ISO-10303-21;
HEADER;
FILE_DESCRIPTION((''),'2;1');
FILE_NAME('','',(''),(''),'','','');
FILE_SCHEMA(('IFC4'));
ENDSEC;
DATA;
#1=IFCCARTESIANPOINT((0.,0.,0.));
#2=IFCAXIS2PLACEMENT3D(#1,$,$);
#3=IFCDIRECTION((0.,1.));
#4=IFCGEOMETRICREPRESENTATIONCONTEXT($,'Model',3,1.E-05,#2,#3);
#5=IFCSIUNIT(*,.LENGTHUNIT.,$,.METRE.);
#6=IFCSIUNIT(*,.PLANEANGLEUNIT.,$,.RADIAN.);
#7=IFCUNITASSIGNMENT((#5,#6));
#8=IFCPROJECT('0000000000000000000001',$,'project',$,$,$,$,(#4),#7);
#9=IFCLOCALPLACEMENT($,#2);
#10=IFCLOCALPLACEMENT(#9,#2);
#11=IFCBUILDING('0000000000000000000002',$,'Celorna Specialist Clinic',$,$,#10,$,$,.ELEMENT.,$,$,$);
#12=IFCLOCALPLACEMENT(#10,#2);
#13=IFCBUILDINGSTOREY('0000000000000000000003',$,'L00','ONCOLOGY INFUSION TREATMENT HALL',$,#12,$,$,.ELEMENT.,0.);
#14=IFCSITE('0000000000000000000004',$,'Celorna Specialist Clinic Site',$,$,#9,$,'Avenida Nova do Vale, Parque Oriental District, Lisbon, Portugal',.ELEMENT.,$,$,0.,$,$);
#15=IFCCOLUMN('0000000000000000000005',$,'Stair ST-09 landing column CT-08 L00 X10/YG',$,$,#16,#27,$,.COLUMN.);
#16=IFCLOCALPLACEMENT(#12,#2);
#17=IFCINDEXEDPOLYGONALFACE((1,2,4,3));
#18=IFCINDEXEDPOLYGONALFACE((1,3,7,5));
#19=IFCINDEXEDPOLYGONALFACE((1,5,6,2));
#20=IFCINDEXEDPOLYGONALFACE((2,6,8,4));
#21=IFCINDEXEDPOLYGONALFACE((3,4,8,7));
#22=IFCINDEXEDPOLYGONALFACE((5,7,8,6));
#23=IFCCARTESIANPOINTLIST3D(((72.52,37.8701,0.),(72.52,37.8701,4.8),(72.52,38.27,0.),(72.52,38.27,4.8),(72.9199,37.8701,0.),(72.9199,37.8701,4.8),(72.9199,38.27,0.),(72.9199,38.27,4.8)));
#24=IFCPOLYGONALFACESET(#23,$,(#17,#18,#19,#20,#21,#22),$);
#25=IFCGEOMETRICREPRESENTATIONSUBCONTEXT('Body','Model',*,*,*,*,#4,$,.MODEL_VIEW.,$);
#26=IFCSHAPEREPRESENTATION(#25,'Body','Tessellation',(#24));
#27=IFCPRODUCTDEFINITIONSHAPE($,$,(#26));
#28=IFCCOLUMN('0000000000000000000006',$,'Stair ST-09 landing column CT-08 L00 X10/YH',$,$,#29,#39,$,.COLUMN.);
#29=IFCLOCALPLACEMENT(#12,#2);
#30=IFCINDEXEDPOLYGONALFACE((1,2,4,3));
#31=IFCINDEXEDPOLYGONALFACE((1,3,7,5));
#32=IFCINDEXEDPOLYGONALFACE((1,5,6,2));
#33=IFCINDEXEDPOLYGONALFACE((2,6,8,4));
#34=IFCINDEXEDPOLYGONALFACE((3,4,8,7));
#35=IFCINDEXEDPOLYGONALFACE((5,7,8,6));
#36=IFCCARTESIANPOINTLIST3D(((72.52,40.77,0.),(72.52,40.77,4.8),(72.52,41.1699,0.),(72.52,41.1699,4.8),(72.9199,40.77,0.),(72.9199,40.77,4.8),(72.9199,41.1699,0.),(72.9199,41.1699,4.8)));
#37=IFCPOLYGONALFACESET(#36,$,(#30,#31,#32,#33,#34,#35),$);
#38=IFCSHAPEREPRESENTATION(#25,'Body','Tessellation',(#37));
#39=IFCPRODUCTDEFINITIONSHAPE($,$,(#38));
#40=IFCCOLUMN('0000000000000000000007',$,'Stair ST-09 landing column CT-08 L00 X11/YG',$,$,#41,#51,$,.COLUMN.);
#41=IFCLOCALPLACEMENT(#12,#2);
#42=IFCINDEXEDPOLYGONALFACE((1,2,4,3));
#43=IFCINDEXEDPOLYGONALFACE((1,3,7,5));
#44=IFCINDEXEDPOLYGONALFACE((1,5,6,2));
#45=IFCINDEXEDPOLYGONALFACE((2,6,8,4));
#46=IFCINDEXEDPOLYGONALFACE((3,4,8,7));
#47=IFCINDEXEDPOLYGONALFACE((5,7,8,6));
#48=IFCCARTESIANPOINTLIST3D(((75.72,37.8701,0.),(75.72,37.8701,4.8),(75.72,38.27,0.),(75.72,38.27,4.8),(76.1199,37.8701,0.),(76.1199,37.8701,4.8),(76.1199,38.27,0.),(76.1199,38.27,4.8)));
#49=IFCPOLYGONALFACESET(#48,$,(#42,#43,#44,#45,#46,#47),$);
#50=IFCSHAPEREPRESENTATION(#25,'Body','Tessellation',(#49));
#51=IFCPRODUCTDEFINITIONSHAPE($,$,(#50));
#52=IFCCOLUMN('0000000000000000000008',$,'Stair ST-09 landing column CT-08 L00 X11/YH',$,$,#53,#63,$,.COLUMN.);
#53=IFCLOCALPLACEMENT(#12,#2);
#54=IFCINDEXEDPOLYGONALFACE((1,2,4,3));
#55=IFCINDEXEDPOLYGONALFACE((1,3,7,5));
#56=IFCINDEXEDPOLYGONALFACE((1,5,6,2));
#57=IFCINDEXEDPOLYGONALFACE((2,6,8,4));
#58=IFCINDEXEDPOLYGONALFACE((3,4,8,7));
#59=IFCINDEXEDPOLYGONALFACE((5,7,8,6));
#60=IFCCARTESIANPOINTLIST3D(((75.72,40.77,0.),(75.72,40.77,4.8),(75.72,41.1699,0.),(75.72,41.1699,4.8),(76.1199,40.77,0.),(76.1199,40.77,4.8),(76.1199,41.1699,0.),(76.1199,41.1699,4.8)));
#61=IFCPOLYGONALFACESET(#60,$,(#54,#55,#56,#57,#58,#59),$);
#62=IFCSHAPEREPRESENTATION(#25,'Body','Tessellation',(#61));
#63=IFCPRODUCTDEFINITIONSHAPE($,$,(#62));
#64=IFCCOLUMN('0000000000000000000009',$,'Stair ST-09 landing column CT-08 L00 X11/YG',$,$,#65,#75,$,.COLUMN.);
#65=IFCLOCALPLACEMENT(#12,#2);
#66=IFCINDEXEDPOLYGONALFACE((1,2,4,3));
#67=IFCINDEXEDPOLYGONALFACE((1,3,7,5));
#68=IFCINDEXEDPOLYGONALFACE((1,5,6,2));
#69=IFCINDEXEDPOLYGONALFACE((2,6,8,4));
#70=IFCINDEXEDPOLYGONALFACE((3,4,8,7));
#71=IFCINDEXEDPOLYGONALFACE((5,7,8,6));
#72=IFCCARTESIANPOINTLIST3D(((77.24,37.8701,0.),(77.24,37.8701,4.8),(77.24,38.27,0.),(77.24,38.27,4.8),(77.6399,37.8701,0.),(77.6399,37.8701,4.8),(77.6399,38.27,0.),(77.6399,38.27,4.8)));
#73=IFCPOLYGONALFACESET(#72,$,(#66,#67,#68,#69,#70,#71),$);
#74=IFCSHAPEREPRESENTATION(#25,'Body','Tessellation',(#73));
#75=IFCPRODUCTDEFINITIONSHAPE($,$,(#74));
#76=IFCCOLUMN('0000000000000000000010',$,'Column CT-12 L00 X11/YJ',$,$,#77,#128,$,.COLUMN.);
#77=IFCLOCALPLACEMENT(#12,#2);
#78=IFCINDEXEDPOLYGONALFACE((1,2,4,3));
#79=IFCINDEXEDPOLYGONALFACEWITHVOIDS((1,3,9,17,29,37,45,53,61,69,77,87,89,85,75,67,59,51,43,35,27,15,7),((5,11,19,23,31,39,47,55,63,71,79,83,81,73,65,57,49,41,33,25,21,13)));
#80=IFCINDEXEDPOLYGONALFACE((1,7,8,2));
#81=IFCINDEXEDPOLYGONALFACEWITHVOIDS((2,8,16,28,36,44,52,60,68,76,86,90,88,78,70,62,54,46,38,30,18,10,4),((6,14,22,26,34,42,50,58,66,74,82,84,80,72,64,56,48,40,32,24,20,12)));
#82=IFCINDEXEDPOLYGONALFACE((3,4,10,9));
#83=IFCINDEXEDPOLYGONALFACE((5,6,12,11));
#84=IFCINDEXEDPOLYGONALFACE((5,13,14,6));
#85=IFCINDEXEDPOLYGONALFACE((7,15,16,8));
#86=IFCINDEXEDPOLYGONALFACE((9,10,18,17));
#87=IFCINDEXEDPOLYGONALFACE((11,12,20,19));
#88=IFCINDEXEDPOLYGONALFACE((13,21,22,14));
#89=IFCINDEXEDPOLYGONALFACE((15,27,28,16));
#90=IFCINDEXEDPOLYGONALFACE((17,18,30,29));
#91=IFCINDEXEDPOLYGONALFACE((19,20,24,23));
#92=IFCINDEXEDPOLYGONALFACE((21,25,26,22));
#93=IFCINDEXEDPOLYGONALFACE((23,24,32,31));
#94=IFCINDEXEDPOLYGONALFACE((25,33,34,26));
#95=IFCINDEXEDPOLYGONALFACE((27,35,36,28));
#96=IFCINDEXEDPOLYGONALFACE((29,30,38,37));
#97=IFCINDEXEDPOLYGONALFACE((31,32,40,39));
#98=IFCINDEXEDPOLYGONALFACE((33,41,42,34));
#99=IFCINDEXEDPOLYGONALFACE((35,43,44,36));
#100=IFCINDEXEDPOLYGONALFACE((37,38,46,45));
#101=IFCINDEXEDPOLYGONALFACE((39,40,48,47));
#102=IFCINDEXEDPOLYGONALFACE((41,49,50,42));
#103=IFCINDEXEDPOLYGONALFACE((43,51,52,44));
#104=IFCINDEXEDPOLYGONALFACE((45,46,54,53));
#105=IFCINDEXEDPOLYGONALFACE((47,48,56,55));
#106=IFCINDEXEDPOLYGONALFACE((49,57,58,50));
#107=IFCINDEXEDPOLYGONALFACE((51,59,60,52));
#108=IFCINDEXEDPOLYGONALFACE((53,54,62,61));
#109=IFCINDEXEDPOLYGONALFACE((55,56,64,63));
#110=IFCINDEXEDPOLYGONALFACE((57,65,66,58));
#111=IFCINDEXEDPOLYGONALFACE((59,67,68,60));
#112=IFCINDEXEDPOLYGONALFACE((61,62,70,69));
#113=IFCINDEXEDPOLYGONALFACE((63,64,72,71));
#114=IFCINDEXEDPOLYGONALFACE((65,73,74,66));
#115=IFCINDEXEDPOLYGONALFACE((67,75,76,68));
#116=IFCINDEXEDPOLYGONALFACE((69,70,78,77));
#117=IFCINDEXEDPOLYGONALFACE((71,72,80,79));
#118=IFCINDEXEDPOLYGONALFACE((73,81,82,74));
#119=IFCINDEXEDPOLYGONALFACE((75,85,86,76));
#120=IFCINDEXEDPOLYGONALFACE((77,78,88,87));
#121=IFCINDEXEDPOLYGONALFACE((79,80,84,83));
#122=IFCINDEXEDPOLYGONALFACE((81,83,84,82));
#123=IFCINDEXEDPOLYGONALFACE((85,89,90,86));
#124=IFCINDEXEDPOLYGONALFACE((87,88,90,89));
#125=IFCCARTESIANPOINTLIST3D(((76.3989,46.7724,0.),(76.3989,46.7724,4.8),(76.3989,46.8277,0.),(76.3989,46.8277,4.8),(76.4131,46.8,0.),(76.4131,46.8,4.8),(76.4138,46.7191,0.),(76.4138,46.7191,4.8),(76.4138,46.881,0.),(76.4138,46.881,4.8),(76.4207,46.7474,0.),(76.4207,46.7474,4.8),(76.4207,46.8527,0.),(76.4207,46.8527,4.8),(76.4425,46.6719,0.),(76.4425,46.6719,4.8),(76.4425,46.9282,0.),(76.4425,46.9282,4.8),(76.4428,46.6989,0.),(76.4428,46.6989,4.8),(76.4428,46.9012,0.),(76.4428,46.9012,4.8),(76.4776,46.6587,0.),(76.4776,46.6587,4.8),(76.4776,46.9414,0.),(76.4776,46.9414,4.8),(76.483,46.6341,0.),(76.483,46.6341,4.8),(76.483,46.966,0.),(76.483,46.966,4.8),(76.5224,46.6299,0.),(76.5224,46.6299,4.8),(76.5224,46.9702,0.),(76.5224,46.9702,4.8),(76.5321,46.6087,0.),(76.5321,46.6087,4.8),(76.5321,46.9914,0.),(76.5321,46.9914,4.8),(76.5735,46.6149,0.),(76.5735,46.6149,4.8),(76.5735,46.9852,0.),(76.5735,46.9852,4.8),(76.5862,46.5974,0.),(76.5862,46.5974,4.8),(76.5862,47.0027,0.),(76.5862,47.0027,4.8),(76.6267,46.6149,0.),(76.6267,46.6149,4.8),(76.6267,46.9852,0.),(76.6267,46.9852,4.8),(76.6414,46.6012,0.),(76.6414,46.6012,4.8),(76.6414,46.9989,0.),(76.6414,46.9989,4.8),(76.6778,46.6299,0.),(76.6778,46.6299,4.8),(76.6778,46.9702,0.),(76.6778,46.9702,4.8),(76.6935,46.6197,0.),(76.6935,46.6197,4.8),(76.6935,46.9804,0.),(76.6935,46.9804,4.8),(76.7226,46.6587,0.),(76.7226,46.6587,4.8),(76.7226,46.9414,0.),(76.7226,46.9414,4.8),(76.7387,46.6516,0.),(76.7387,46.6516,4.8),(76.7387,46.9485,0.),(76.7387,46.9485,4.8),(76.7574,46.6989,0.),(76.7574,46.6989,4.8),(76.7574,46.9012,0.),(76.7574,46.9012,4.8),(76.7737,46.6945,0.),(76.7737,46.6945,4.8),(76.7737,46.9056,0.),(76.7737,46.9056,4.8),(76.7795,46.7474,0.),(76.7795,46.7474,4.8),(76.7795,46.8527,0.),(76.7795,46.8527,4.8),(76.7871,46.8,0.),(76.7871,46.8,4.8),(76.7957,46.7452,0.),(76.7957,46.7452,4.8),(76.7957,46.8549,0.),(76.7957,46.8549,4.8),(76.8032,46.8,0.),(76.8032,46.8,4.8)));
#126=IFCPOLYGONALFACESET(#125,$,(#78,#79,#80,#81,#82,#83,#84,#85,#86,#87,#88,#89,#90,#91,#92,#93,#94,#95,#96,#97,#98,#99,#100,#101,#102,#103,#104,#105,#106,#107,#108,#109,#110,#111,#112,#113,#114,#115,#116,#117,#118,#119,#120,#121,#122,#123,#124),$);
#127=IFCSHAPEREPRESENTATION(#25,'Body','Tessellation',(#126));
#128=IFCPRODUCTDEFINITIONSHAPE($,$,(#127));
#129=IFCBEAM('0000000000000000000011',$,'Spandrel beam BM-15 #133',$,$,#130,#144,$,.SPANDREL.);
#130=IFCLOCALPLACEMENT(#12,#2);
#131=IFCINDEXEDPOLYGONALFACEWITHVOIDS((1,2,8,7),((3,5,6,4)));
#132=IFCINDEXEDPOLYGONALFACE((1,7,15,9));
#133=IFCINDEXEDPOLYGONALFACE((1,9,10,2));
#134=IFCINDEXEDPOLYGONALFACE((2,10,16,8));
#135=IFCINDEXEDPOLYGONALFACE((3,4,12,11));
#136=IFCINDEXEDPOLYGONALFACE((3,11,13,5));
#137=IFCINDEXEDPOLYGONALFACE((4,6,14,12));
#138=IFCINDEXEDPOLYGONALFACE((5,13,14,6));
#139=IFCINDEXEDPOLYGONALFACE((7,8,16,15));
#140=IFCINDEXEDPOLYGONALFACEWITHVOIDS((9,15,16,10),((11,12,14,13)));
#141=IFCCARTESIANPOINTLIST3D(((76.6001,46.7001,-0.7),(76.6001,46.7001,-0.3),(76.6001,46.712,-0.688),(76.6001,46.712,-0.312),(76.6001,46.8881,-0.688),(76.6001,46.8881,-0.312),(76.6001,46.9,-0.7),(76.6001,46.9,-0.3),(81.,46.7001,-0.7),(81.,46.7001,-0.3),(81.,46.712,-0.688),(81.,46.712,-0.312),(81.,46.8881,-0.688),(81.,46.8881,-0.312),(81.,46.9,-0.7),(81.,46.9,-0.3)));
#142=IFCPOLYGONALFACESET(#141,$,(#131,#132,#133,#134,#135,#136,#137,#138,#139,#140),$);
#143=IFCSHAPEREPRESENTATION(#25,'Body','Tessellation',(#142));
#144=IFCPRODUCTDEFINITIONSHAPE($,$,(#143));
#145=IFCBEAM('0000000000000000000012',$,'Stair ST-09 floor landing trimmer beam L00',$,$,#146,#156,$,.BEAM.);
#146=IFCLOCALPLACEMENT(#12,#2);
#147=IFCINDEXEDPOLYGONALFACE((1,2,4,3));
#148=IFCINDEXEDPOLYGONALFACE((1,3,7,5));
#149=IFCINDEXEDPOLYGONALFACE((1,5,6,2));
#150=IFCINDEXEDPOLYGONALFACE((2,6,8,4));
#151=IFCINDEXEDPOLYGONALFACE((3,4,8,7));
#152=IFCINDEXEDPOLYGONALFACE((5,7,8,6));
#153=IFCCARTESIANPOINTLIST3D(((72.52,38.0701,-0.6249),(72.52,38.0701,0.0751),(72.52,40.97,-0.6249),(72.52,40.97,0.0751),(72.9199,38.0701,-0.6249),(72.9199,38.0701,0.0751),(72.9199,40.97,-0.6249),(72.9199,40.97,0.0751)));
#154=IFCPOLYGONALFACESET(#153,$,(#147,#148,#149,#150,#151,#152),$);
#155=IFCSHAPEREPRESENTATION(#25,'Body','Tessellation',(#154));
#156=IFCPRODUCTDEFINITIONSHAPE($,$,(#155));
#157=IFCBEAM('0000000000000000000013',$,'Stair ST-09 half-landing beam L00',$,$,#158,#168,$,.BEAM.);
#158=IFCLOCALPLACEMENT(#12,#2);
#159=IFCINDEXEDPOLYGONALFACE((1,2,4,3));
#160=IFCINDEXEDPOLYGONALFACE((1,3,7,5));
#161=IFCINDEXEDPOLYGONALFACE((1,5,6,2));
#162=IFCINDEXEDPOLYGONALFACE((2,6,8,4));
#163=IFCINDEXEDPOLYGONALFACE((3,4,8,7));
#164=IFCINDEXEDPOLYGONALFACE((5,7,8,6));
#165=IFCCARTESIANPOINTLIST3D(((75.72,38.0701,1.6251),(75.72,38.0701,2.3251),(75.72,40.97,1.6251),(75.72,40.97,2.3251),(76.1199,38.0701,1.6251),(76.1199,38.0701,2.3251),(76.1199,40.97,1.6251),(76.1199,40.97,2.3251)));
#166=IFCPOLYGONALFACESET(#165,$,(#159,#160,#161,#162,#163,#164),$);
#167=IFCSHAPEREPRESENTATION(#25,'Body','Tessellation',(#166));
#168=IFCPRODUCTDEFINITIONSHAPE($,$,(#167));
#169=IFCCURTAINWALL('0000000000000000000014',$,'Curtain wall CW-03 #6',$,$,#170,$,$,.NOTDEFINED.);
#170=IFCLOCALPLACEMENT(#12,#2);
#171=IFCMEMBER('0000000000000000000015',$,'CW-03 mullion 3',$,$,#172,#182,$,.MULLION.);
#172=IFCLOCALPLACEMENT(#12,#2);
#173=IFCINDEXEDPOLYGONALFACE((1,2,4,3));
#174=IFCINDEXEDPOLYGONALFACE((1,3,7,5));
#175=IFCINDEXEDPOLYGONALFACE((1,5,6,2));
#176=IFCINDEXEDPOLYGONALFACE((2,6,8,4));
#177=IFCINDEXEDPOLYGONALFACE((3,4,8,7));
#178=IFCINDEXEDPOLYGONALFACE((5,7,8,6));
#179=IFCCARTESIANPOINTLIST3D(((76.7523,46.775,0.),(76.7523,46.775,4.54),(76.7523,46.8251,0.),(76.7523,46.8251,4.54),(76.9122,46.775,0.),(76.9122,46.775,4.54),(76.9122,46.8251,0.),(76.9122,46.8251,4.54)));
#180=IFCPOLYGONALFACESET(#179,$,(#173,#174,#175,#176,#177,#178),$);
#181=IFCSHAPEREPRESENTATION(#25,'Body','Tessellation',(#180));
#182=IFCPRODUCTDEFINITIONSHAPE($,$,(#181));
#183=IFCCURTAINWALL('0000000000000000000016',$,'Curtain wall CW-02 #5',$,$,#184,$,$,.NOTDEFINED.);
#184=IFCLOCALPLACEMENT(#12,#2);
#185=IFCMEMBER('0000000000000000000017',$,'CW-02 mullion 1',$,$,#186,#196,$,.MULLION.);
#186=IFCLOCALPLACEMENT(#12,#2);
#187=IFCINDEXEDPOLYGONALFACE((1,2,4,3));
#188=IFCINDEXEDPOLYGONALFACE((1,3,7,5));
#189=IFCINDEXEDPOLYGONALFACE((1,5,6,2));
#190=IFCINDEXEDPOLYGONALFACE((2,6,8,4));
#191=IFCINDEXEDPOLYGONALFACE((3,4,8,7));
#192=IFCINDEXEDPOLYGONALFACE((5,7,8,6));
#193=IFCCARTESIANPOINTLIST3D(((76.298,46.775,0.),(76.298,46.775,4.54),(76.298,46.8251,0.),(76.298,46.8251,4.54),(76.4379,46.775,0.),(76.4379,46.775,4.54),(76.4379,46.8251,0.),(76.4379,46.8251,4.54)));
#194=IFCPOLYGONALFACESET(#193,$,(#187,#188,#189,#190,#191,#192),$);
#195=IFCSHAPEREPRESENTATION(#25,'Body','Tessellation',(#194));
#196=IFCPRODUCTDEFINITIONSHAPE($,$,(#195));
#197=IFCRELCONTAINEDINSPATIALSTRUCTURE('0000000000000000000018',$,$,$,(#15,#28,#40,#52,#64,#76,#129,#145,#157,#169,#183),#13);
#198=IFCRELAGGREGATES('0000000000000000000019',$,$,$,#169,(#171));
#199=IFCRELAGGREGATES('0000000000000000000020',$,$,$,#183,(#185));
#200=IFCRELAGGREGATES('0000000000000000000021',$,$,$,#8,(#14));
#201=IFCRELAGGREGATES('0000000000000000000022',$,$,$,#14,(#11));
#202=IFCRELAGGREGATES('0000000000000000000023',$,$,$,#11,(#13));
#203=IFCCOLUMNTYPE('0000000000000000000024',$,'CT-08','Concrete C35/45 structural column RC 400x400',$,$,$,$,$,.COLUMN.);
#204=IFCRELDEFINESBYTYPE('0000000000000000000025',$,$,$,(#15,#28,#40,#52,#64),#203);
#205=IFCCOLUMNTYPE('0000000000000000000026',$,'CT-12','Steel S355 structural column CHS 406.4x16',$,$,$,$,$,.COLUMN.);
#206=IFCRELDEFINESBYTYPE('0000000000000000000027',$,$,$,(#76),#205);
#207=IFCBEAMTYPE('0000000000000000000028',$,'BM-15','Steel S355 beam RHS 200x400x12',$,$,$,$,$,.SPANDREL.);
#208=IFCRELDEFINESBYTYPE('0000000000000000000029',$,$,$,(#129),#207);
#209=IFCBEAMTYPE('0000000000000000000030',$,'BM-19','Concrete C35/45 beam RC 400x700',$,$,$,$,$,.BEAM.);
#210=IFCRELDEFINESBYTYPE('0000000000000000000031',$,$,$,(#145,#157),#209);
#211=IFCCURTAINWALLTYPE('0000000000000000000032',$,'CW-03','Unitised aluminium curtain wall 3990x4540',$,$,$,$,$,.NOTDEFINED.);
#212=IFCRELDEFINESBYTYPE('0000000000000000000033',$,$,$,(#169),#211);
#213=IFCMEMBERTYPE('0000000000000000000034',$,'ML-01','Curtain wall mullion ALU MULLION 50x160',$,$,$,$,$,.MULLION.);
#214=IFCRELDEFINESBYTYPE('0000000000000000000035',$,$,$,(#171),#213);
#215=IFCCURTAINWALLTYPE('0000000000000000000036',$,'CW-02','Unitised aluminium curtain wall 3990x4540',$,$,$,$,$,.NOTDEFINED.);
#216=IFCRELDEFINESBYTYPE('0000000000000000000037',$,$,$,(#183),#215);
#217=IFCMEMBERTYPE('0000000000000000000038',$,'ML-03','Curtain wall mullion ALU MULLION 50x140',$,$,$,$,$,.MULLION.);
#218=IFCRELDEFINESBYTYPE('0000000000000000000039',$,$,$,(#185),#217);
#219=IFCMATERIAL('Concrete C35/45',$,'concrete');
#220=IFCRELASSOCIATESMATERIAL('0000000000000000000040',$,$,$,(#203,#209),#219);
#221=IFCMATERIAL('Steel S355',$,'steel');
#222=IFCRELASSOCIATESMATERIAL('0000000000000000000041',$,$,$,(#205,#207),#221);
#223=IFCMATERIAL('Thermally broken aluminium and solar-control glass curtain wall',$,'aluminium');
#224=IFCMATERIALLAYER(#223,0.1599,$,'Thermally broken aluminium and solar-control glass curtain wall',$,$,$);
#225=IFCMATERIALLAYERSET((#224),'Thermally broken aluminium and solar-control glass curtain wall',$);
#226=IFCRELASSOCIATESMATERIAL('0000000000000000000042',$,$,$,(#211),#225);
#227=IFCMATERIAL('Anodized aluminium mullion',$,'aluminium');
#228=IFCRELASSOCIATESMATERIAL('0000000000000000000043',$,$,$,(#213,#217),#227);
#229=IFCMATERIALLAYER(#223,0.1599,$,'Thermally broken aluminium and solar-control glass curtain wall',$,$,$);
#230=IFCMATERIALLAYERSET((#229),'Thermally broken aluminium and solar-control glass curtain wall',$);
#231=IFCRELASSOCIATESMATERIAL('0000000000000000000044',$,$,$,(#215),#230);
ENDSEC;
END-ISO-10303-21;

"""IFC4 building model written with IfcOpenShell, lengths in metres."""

from ifc_helpers import new_model, si_unit, direction, frame, origin, origin_2d, place, context, subcontext, project, spatial, rectangle, hollow_rectangle, hollow_circle, extrude, material, layer, layer_set, material_profile, profile_set, type_object, element, aggregate, save


model = new_model("IFC4")

# Units and contexts
model_context = context("Model", 3, precision=1e-05, world=origin(), true_north=direction((0.0, 1.0)))
body_context = subcontext(model_context, "Body", "Model", "MODEL_VIEW")
ifc_project = project(units=[si_unit("LENGTHUNIT", "METRE"), si_unit("PLANEANGLEUNIT", "RADIAN")], contexts=[model_context])

# Site, building, storey
site_placement = place(None, origin())
site = spatial("IfcSite", under=ifc_project, at=site_placement, Name="Celorna Specialist Clinic Site", LongName="Avenida Nova do Vale, Parque Oriental District, Lisbon, Portugal", CompositionType="ELEMENT", RefElevation=0.0)
building_placement = place(site_placement, origin())
building = spatial("IfcBuilding", under=site, at=building_placement, Name="Celorna Specialist Clinic", CompositionType="ELEMENT")
storey_placement = place(building_placement, origin())
storey = spatial("IfcBuildingStorey", under=building, at=storey_placement, Name="L00", Description="ONCOLOGY INFUSION TREATMENT HALL", CompositionType="ELEMENT", Elevation=0.0)

# Columns
ifc_material_1 = material(Name="Concrete C35/45", Category="concrete")
ifc_material_profile_1 = material_profile(ifc_material_1, rectangle(XDim=0.3999, YDim=0.3999, at=origin_2d()), Name="RC 400x400")
ifc_profile_set_1 = profile_set([ifc_material_profile_1], Name="Concrete C35/45")
column_type_1 = type_object("IfcColumnType", Name="CT-08", Description="Concrete C35/45 structural column RC 400x400", PredefinedType="COLUMN", material=ifc_profile_set_1)
for number, where, z_axis, x_axis, name in (
    (1, (72.72, 38.0701, 0.0), (0.0, 0.0, 1.0), (1.0, 0.0, 0.0), "Stair ST-09 landing column CT-08 L00 X10/YG"),
    (2, (72.72, 40.97, 0.0), (0.0, 0.0, 1.0), (1.0, 0.0, 0.0), "Stair ST-09 landing column CT-08 L00 X10/YH"),
    (3, (75.9199, 38.0701, 0.0), (0.0, 0.0, 1.0), (1.0, 0.0, 0.0), "Stair ST-09 landing column CT-08 L00 X11/YG"),
    (4, (75.9199, 40.97, 0.0), (0.0, 0.0, 1.0), (1.0, 0.0, 0.0), "Stair ST-09 landing column CT-08 L00 X11/YH"),
    (5, (77.4399, 38.0701, 0.0), (0.0, 0.0, 1.0), (1.0, 0.0, 0.0), "Stair ST-09 landing column CT-08 L00 X11/YG"),
):
    element("IfcColumn", number, at=place(storey_placement, frame(where, z_axis=z_axis, x_axis=x_axis)), inside=storey, type_object=column_type_1, Name=name, PredefinedType="COLUMN", context=body_context, shape_type="SweptSolid", body=[
        extrude(rectangle(XDim=0.3999, YDim=0.3999, at=origin_2d()), origin(), (0.0, 0.0, 1.0), 4.8),
    ])
ifc_material_2 = material(Name="Steel S355", Category="steel")
ifc_material_profile_2 = material_profile(ifc_material_2, hollow_circle(Radius=0.2031, WallThickness=0.0161, at=origin_2d()), Name="CHS 406.4x16")
ifc_profile_set_2 = profile_set([ifc_material_profile_2], Name="Steel S355")
column_type_2 = type_object("IfcColumnType", Name="CT-12", Description="Steel S355 structural column CHS 406.4x16", PredefinedType="COLUMN", material=ifc_profile_set_2)
column_placement = place(storey_placement, frame((76.6001, 46.8, 0.0), z_axis=(0.0, 0.0, 1.0), x_axis=(1.0, 0.0, 0.0)))
element("IfcColumn", 6, at=column_placement, inside=storey, type_object=column_type_2, Name="Column CT-12 L00 X11/YJ", PredefinedType="COLUMN", context=body_context, shape_type="SweptSolid", body=[
    extrude(hollow_circle(Radius=0.2031, WallThickness=0.0161, at=origin_2d()), origin(), (0.0, 0.0, 1.0), 4.8),
])

# Beams
ifc_material_profile_3 = material_profile(ifc_material_2, hollow_rectangle(XDim=0.2, YDim=0.3999, WallThickness=0.012, at=origin_2d()), Name="RHS 200x400x12")
ifc_profile_set_3 = profile_set([ifc_material_profile_3], Name="Steel S355")
beam_type_1 = type_object("IfcBeamType", Name="BM-15", Description="Steel S355 beam RHS 200x400x12", PredefinedType="SPANDREL", material=ifc_profile_set_3)
beam_placement = place(storey_placement, frame((76.6001, 46.8, -0.5), z_axis=(1.0, 0.0, 0.0), x_axis=(0.0, 1.0, 0.0)))
element("IfcBeam", 7, at=beam_placement, inside=storey, type_object=beam_type_1, Name="Spandrel beam BM-15 #133", PredefinedType="SPANDREL", context=body_context, shape_type="SweptSolid", body=[
    extrude(hollow_rectangle(XDim=0.2, YDim=0.3999, WallThickness=0.012, at=origin_2d()), origin(), (0.0, 0.0, 1.0), 4.3999),
])
ifc_material_profile_4 = material_profile(ifc_material_1, rectangle(XDim=0.3999, YDim=0.7, at=origin_2d()), Name="RC 400x700")
ifc_profile_set_4 = profile_set([ifc_material_profile_4], Name="Concrete C35/45")
beam_type_2 = type_object("IfcBeamType", Name="BM-19", Description="Concrete C35/45 beam RC 400x700", PredefinedType="BEAM", material=ifc_profile_set_4)
for number, where, z_axis, x_axis, name in (
    (8, (72.72, 38.0701, -0.2749), (0.0, 1.0, 0.0), (-1.0, 0.0, 0.0), "Stair ST-09 floor landing trimmer beam L00"),
    (9, (75.9199, 38.0701, 1.9751), (0.0, 1.0, 0.0), (-1.0, 0.0, 0.0), "Stair ST-09 half-landing beam L00"),
):
    element("IfcBeam", number, at=place(storey_placement, frame(where, z_axis=z_axis, x_axis=x_axis)), inside=storey, type_object=beam_type_2, Name=name, PredefinedType="BEAM", context=body_context, shape_type="SweptSolid", body=[
        extrude(rectangle(XDim=0.3999, YDim=0.7, at=origin_2d()), origin(), (0.0, 0.0, 1.0), 2.8999),
    ])

# Curtain wall, member
ifc_material_3 = material(Name="Thermally broken aluminium and solar-control glass curtain wall", Category="aluminium")
ifc_layer_1 = layer(ifc_material_3, 0.1599, Name="Thermally broken aluminium and solar-control glass curtain wall")
ifc_layer_set_1 = layer_set([ifc_layer_1], Name="Thermally broken aluminium and solar-control glass curtain wall")
curtain_wall_type_1 = type_object("IfcCurtainWallType", Name="CW-03", Description="Unitised aluminium curtain wall 3990x4540", PredefinedType="NOTDEFINED", material=ifc_layer_set_1)
curtain_wall_1_placement = place(storey_placement, origin())
curtain_wall_1 = element("IfcCurtainWall", 10, at=curtain_wall_1_placement, inside=storey, type_object=curtain_wall_type_1, Name="Curtain wall CW-03 #6", PredefinedType="NOTDEFINED")
ifc_material_4 = material(Name="Anodized aluminium mullion", Category="aluminium")
ifc_material_profile_5 = material_profile(ifc_material_4, rectangle(XDim=0.05, YDim=0.1599, at=origin_2d()), Name="ALU MULLION 50x160")
ifc_profile_set_5 = profile_set([ifc_material_profile_5], Name="Anodized aluminium mullion")
member_type_1 = type_object("IfcMemberType", Name="ML-01", Description="Curtain wall mullion ALU MULLION 50x160", PredefinedType="MULLION", material=ifc_profile_set_5)
member_1_placement = place(storey_placement, frame((76.8323, 46.8, 0.0), z_axis=(0.0, 0.0, 1.0), x_axis=(0.0, -1.0, 0.0)))
member_1 = element("IfcMember", 11, at=member_1_placement, type_object=member_type_1, Name="CW-03 mullion 3", PredefinedType="MULLION", context=body_context, shape_type="SweptSolid", body=[
    extrude(rectangle(XDim=0.05, YDim=0.1599, at=origin_2d()), origin(), (0.0, 0.0, 1.0), 4.54),
])
aggregate(curtain_wall_1, [member_1])

# Curtain wall, member
ifc_layer_2 = layer(ifc_material_3, 0.1599, Name="Thermally broken aluminium and solar-control glass curtain wall")
ifc_layer_set_2 = layer_set([ifc_layer_2], Name="Thermally broken aluminium and solar-control glass curtain wall")
curtain_wall_type_2 = type_object("IfcCurtainWallType", Name="CW-02", Description="Unitised aluminium curtain wall 3990x4540", PredefinedType="NOTDEFINED", material=ifc_layer_set_2)
curtain_wall_2_placement = place(storey_placement, origin())
curtain_wall_2 = element("IfcCurtainWall", 12, at=curtain_wall_2_placement, inside=storey, type_object=curtain_wall_type_2, Name="Curtain wall CW-02 #5", PredefinedType="NOTDEFINED")
ifc_material_profile_6 = material_profile(ifc_material_4, rectangle(XDim=0.05, YDim=0.1399, at=origin_2d()), Name="ALU MULLION 50x140")
ifc_profile_set_6 = profile_set([ifc_material_profile_6], Name="Anodized aluminium mullion")
member_type_2 = type_object("IfcMemberType", Name="ML-03", Description="Curtain wall mullion ALU MULLION 50x140", PredefinedType="MULLION", material=ifc_profile_set_6)
member_2_placement = place(storey_placement, frame((76.3679, 46.8, 0.0), z_axis=(0.0, 0.0, 1.0), x_axis=(0.0, -1.0, 0.0)))
member_2 = element("IfcMember", 13, at=member_2_placement, type_object=member_type_2, Name="CW-02 mullion 1", PredefinedType="MULLION", context=body_context, shape_type="SweptSolid", body=[
    extrude(rectangle(XDim=0.05, YDim=0.1399, at=origin_2d()), origin(), (0.0, 0.0, 1.0), 4.54),
])
aggregate(curtain_wall_2, [member_2])

save(model, "model.ifc")
